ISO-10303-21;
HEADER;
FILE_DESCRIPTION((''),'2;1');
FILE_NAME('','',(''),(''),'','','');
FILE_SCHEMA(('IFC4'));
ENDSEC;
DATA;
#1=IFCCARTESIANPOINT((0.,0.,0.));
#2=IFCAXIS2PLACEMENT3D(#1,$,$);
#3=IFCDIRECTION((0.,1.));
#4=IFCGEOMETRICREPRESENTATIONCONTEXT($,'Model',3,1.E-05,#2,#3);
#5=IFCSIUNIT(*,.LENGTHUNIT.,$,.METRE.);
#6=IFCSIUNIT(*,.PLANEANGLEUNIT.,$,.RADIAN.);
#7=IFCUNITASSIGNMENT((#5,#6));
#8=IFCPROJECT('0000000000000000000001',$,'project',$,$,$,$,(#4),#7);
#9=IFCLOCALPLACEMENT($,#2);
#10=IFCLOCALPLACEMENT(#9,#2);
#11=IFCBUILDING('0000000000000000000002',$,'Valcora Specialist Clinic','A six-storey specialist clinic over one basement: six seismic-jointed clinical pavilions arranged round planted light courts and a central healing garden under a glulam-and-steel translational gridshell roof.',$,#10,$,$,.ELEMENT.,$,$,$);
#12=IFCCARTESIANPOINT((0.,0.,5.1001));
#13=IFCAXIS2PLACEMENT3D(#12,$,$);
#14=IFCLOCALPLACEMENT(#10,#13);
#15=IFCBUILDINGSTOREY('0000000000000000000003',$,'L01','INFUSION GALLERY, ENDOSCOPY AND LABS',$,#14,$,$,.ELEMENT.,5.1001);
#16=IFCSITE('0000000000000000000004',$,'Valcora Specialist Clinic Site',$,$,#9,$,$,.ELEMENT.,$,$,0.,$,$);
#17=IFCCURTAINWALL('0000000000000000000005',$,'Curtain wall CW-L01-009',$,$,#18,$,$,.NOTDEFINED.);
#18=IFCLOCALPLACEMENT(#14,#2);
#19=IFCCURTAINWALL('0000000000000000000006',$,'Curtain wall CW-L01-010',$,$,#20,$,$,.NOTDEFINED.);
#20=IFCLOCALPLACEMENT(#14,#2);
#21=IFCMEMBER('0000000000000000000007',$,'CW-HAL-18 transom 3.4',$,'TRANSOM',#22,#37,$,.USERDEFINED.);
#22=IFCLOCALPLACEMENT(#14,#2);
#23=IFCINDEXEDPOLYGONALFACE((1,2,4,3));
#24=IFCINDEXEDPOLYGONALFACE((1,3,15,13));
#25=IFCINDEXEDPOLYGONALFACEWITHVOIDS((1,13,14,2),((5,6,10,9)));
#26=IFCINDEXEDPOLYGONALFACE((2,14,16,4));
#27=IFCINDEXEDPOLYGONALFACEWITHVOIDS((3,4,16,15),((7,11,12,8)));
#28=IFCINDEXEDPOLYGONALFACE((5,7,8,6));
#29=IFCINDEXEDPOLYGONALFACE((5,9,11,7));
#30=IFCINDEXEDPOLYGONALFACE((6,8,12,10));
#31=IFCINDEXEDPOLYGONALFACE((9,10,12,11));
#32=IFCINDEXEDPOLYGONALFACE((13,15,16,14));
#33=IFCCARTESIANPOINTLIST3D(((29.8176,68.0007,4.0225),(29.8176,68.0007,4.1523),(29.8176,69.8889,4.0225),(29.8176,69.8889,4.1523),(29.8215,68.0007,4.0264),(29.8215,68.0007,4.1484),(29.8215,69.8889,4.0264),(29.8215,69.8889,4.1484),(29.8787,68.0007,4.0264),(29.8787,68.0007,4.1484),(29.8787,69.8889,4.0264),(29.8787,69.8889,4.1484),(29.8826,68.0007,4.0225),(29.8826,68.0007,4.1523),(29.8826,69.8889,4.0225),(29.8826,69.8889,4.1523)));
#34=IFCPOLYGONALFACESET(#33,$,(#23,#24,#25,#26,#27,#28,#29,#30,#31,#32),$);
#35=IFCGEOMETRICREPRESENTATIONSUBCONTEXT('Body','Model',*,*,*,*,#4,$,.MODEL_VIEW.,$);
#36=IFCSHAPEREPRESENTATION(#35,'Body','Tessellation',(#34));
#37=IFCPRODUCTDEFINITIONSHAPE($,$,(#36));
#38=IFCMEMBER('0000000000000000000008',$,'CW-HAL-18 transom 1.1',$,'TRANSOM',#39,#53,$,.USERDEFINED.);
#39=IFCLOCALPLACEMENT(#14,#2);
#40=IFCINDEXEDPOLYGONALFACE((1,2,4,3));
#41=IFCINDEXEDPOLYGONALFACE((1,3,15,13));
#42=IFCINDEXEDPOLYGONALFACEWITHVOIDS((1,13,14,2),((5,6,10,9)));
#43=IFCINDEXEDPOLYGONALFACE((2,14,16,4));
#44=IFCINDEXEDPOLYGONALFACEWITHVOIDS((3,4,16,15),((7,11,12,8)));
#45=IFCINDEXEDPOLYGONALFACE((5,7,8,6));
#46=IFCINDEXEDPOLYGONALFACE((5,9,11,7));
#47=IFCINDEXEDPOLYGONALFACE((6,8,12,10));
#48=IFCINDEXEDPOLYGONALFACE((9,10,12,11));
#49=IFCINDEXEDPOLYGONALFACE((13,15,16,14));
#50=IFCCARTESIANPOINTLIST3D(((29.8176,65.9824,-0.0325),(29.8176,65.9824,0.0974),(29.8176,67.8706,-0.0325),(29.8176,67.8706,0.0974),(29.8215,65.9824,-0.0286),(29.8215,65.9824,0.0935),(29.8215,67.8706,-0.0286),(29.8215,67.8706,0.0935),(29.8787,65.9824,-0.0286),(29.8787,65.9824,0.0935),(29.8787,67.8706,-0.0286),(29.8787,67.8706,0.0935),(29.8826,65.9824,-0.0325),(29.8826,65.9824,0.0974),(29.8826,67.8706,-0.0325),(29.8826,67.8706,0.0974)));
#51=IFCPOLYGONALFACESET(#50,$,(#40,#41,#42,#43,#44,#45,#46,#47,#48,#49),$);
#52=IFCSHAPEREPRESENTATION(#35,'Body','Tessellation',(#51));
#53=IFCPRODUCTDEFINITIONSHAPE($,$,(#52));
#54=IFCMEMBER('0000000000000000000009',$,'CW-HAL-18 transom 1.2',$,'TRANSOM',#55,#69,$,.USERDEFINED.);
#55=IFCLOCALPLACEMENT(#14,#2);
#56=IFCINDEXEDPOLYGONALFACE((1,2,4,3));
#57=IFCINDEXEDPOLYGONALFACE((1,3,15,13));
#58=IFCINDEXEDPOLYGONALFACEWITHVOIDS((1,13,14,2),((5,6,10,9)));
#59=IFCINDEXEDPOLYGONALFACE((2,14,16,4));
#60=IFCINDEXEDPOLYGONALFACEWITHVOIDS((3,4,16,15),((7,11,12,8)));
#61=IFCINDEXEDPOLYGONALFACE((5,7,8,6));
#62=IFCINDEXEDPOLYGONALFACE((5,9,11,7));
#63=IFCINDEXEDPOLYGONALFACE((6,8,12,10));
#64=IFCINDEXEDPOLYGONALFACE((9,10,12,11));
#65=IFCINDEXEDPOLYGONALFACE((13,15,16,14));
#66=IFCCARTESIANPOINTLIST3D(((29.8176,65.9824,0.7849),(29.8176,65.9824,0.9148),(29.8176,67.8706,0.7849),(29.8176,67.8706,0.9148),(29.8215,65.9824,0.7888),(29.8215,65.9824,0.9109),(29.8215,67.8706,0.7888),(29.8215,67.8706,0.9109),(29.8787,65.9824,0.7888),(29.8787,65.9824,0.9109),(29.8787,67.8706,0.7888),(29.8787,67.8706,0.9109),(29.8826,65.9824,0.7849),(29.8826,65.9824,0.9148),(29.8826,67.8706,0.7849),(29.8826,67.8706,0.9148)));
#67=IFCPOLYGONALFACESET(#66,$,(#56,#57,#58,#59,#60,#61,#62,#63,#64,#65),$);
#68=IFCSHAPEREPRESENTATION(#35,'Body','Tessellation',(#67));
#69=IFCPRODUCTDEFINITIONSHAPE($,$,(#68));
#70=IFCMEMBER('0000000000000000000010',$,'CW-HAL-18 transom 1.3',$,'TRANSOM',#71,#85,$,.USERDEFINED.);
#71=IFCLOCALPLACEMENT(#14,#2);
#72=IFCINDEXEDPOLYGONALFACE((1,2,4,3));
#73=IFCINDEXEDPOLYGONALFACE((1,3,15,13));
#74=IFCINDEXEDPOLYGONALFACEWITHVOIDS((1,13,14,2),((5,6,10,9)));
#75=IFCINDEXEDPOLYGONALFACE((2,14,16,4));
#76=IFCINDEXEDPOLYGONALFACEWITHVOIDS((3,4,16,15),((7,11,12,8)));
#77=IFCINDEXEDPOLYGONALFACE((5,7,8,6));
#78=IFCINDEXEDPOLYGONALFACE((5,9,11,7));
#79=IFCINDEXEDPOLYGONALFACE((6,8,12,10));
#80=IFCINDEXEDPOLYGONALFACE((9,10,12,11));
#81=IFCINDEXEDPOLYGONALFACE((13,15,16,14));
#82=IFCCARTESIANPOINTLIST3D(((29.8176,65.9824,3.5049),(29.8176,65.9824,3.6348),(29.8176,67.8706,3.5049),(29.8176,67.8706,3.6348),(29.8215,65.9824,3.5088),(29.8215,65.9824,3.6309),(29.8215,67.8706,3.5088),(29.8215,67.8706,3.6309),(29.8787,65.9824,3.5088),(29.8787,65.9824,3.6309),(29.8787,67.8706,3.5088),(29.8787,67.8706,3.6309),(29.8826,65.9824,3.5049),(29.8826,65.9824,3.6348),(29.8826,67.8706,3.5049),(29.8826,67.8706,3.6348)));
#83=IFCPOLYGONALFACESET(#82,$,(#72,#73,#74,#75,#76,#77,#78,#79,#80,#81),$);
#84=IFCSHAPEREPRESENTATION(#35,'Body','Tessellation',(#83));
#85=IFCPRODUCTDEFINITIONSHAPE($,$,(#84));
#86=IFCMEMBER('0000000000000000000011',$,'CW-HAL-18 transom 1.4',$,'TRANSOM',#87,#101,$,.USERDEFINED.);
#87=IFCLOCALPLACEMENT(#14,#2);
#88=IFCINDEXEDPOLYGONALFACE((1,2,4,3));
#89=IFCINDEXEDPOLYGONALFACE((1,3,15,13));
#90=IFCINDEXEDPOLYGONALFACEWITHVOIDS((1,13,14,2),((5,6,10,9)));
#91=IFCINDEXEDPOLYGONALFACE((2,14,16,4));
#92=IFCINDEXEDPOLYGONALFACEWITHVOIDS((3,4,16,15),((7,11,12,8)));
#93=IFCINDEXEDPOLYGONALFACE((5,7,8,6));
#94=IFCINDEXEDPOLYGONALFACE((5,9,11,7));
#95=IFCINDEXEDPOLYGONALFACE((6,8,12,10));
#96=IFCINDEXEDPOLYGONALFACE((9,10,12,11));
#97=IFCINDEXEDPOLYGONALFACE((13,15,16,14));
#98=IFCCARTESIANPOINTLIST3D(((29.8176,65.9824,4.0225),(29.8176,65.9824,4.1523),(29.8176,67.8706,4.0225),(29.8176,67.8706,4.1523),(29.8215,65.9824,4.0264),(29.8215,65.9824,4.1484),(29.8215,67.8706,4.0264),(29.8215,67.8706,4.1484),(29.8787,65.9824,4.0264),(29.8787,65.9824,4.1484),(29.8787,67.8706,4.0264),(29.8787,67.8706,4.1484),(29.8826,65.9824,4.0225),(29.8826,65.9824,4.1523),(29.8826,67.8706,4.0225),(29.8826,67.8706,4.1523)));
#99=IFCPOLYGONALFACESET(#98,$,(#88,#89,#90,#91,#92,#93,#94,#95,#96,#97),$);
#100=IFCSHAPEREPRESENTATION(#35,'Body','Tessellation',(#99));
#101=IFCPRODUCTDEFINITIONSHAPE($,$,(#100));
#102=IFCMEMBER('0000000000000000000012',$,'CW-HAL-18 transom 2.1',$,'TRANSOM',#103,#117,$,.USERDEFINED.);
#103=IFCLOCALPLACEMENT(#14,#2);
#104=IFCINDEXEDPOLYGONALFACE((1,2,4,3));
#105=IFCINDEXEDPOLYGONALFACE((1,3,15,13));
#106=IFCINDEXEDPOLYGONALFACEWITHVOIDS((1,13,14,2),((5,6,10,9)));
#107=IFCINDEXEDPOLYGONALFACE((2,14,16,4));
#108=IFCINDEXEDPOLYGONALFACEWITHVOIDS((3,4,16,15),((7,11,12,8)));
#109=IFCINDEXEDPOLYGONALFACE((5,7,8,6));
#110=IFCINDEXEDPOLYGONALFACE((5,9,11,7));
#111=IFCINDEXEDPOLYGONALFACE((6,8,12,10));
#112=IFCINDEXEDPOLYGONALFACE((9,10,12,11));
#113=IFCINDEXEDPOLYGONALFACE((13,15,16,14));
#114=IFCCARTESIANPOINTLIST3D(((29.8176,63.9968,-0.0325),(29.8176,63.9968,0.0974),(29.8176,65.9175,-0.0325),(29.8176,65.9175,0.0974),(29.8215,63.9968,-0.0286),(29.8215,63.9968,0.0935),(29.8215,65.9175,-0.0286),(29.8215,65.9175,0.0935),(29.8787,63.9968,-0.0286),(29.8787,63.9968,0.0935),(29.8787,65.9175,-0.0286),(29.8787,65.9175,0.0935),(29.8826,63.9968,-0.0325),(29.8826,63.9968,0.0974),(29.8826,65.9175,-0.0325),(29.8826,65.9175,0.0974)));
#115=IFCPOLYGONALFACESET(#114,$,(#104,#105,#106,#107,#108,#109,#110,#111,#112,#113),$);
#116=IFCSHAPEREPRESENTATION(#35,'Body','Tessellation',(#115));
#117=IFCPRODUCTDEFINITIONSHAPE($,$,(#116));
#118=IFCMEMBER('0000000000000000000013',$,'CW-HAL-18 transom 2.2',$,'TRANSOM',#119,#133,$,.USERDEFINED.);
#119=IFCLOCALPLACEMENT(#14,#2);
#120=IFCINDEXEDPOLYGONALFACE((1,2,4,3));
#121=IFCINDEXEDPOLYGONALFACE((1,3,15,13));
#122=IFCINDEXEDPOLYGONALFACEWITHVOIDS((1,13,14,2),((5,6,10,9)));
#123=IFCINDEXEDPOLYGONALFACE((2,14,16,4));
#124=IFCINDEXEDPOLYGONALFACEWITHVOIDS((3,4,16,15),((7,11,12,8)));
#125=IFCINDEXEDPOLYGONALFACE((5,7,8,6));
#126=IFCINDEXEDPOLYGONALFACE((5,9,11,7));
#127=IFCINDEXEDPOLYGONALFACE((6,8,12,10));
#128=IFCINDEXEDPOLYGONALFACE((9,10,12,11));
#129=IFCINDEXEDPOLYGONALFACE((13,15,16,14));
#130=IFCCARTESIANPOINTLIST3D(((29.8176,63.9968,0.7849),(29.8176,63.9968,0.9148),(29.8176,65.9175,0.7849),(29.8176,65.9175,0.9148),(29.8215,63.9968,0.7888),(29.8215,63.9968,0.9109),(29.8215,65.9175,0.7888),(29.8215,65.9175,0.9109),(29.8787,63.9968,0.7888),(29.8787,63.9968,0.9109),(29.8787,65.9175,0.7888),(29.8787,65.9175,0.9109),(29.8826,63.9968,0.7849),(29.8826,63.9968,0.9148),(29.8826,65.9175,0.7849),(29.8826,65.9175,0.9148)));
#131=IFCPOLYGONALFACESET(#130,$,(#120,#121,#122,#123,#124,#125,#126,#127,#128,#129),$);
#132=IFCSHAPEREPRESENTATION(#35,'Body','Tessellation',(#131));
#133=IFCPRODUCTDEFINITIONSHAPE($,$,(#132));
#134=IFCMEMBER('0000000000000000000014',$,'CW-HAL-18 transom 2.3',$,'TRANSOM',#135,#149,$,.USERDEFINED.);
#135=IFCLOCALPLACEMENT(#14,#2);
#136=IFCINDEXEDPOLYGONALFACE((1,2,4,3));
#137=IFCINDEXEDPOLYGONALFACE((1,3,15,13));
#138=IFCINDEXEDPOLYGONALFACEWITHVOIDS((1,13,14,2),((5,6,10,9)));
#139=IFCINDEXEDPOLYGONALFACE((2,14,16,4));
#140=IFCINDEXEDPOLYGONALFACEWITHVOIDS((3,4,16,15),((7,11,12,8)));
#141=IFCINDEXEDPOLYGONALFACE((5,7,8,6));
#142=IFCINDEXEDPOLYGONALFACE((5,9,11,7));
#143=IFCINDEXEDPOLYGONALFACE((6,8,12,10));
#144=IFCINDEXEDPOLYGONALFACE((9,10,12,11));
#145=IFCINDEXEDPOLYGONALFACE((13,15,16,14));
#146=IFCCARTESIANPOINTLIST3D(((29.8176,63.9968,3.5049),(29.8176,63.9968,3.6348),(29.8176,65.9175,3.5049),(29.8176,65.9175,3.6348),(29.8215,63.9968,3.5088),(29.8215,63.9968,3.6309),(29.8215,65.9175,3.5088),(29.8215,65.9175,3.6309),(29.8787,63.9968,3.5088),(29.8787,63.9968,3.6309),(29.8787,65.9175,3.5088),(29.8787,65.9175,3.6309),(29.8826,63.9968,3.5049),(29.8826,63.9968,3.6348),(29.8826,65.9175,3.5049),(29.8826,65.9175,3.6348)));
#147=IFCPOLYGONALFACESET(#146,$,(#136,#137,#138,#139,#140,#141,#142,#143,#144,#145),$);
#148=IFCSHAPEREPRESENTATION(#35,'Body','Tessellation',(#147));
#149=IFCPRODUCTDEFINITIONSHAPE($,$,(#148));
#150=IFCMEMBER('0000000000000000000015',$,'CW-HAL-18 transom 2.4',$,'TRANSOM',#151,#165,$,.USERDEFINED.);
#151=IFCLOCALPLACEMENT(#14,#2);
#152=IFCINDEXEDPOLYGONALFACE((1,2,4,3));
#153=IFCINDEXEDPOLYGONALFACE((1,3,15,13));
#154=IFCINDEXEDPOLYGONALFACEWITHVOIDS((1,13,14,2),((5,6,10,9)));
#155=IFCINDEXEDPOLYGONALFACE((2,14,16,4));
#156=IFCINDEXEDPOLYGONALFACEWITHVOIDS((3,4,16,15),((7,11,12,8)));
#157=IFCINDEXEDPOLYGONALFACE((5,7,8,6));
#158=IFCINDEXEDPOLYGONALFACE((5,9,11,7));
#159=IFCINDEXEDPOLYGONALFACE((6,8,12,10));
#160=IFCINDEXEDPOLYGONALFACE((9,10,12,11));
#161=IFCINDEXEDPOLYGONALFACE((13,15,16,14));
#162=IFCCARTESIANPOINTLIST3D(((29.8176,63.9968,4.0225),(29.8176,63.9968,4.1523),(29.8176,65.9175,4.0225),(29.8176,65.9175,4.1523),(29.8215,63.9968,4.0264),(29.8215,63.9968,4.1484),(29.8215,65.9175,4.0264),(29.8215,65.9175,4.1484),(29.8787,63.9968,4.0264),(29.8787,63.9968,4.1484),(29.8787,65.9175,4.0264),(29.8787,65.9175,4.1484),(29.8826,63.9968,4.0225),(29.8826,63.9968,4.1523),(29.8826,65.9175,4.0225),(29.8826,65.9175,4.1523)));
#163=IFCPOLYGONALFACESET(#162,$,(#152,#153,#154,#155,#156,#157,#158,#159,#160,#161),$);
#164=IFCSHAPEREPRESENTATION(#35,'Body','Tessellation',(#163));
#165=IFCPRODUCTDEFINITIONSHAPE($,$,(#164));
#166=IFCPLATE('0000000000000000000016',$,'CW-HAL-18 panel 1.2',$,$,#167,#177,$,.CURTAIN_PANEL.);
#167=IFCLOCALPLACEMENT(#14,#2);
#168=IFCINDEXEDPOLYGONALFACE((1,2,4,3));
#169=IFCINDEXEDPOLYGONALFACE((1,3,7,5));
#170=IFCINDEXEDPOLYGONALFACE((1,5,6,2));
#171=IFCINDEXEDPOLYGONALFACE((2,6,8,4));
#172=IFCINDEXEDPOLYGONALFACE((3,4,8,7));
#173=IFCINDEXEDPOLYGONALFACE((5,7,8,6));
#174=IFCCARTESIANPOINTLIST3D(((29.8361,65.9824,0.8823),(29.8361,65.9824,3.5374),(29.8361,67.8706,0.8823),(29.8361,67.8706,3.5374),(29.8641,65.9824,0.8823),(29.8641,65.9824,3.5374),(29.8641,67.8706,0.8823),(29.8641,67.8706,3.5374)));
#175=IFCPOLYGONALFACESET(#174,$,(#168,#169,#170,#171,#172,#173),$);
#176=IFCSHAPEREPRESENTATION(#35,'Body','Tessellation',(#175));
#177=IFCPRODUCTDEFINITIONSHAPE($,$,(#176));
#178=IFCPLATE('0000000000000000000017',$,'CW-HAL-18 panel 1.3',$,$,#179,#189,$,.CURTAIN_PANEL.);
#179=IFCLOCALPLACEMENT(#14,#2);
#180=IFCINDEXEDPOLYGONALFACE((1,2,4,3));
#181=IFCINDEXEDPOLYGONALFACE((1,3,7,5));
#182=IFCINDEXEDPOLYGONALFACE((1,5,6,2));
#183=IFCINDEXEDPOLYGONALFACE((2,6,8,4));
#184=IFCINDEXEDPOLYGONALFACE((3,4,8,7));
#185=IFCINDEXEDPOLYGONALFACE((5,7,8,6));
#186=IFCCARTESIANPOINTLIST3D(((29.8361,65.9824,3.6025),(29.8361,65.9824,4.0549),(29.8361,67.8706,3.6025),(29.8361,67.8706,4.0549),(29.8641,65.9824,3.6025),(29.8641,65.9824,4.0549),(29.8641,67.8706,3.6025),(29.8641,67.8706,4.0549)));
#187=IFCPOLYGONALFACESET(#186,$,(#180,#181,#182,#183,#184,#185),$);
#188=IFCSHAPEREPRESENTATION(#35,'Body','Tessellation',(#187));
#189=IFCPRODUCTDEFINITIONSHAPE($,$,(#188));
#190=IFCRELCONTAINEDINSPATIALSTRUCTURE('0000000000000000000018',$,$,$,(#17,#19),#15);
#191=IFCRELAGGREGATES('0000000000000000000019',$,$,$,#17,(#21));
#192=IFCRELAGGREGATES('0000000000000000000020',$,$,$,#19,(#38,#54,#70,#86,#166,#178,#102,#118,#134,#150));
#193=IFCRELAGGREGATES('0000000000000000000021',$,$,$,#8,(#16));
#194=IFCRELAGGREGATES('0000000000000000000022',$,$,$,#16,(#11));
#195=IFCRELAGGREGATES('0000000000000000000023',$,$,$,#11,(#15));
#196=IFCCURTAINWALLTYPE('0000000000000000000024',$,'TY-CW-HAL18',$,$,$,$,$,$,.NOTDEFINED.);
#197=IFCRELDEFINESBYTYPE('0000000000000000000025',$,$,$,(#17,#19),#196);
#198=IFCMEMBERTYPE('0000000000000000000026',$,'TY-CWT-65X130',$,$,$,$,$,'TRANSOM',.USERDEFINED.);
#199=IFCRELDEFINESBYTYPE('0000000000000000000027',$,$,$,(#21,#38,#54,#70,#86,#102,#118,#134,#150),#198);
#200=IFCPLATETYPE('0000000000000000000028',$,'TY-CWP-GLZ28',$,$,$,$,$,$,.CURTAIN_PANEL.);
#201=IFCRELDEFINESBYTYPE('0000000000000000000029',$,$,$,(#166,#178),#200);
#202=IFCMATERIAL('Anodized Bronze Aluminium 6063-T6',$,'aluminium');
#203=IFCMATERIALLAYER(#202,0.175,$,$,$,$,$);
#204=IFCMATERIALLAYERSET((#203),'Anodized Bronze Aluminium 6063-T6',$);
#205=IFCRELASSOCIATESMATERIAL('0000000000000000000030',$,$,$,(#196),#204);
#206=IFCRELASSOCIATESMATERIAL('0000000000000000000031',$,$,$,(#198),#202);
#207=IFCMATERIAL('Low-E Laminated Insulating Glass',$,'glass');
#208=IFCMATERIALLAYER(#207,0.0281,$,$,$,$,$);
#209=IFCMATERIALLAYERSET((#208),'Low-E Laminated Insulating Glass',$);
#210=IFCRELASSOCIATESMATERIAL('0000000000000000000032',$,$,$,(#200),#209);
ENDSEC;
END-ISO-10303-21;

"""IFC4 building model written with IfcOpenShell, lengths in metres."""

from ifc_helpers import new_model, si_unit, direction, frame, origin, origin_2d, place, context, subcontext, project, spatial, rectangle, hollow_rectangle, extrude, material, layer, layer_set, material_profile, profile_set, type_object, element, aggregate, save


model = new_model("IFC4")

# Units and contexts
model_context = context("Model", 3, precision=1e-05, world=origin(), true_north=direction((0.0, 1.0)))
body_context = subcontext(model_context, "Body", "Model", "MODEL_VIEW")
ifc_project = project(units=[si_unit("LENGTHUNIT", "METRE"), si_unit("PLANEANGLEUNIT", "RADIAN")], contexts=[model_context])

# Site, building, storey
site_placement = place(None, origin())
site = spatial("IfcSite", under=ifc_project, at=site_placement, Name="Valcora Specialist Clinic Site", CompositionType="ELEMENT", RefElevation=0.0)
building_placement = place(site_placement, origin())
building = spatial("IfcBuilding", under=site, at=building_placement, Name="Valcora Specialist Clinic", Description="A six-storey specialist clinic over one basement: six seismic-jointed clinical pavilions arranged round planted light courts and a central healing garden under a glulam-and-steel translational gridshell roof.", CompositionType="ELEMENT")
storey_placement = place(building_placement, frame((0.0, 0.0, 5.1001)))
storey = spatial("IfcBuildingStorey", under=building, at=storey_placement, Name="L01", Description="INFUSION GALLERY, ENDOSCOPY AND LABS", CompositionType="ELEMENT", Elevation=5.1001)

# Curtain walls
ifc_material_1 = material(Name="Anodized Bronze Aluminium 6063-T6", Category="aluminium")
ifc_layer_1 = layer(ifc_material_1, 0.175)
ifc_layer_set_1 = layer_set([ifc_layer_1], Name="Anodized Bronze Aluminium 6063-T6")
curtain_wall_type = type_object("IfcCurtainWallType", Name="TY-CW-HAL18", PredefinedType="NOTDEFINED", material=ifc_layer_set_1)
curtain_wall_1_placement = place(storey_placement, origin())
curtain_wall_1 = element("IfcCurtainWall", 1, at=curtain_wall_1_placement, inside=storey, type_object=curtain_wall_type, Name="Curtain wall CW-L01-009", PredefinedType="NOTDEFINED")
curtain_wall_2_placement = place(storey_placement, origin())
curtain_wall_2 = element("IfcCurtainWall", 2, at=curtain_wall_2_placement, inside=storey, type_object=curtain_wall_type, Name="Curtain wall CW-L01-010", PredefinedType="NOTDEFINED")

# Members
ifc_material_profile_1 = material_profile(ifc_material_1, hollow_rectangle(XDim=0.0649, YDim=0.1299, WallThickness=0.0039, at=origin_2d()), Name="AL-TRN-65X130")
ifc_profile_set_1 = profile_set([ifc_material_profile_1], Name="Anodized Bronze Aluminium 6063-T6")
member_type_1 = type_object("IfcMemberType", Name="TY-CWT-65X130", ElementType="TRANSOM", PredefinedType="USERDEFINED", material=ifc_profile_set_1)
member_1_placement = place(storey_placement, frame((29.8501, 69.8889, 4.0874), z_axis=(0.0, -1.0, 0.0), x_axis=(1.0, 0.0, 0.0)))
member_1 = element("IfcMember", 3, at=member_1_placement, type_object=member_type_1, Name="CW-HAL-18 transom 3.4", ObjectType="TRANSOM", PredefinedType="USERDEFINED", context=body_context, shape_type="SweptSolid", body=[
    extrude(hollow_rectangle(XDim=0.0649, YDim=0.1299, WallThickness=0.0039, at=origin_2d()), origin(), (0.0, 0.0, 1.0), 1.8882),
])
member_2_placement = place(storey_placement, frame((29.8501, 67.8706, 0.0325), z_axis=(0.0, -1.0, 0.0), x_axis=(1.0, 0.0, 0.0)))
member_2 = element("IfcMember", 4, at=member_2_placement, type_object=member_type_1, Name="CW-HAL-18 transom 1.1", ObjectType="TRANSOM", PredefinedType="USERDEFINED", context=body_context, shape_type="SweptSolid", body=[
    extrude(hollow_rectangle(XDim=0.0649, YDim=0.1299, WallThickness=0.0039, at=origin_2d()), origin(), (0.0, 0.0, 1.0), 1.8882),
])
member_3_placement = place(storey_placement, frame((29.8501, 67.8706, 0.8499), z_axis=(0.0, -1.0, 0.0), x_axis=(1.0, 0.0, 0.0)))
member_3 = element("IfcMember", 5, at=member_3_placement, type_object=member_type_1, Name="CW-HAL-18 transom 1.2", ObjectType="TRANSOM", PredefinedType="USERDEFINED", context=body_context, shape_type="SweptSolid", body=[
    extrude(hollow_rectangle(XDim=0.0649, YDim=0.1299, WallThickness=0.0039, at=origin_2d()), origin(), (0.0, 0.0, 1.0), 1.8882),
])
member_4_placement = place(storey_placement, frame((29.8501, 67.8706, 3.5698), z_axis=(0.0, -1.0, 0.0), x_axis=(1.0, 0.0, 0.0)))
member_4 = element("IfcMember", 6, at=member_4_placement, type_object=member_type_1, Name="CW-HAL-18 transom 1.3", ObjectType="TRANSOM", PredefinedType="USERDEFINED", context=body_context, shape_type="SweptSolid", body=[
    extrude(hollow_rectangle(XDim=0.0649, YDim=0.1299, WallThickness=0.0039, at=origin_2d()), origin(), (0.0, 0.0, 1.0), 1.8882),
])
member_5_placement = place(storey_placement, frame((29.8501, 67.8706, 4.0874), z_axis=(0.0, -1.0, 0.0), x_axis=(1.0, 0.0, 0.0)))
member_5 = element("IfcMember", 7, at=member_5_placement, type_object=member_type_1, Name="CW-HAL-18 transom 1.4", ObjectType="TRANSOM", PredefinedType="USERDEFINED", context=body_context, shape_type="SweptSolid", body=[
    extrude(hollow_rectangle(XDim=0.0649, YDim=0.1299, WallThickness=0.0039, at=origin_2d()), origin(), (0.0, 0.0, 1.0), 1.8882),
])
member_6_placement = place(storey_placement, frame((29.8501, 65.9175, 0.0325), z_axis=(0.0, -1.0, 0.0), x_axis=(1.0, 0.0, 0.0)))
member_6 = element("IfcMember", 8, at=member_6_placement, type_object=member_type_1, Name="CW-HAL-18 transom 2.1", ObjectType="TRANSOM", PredefinedType="USERDEFINED", context=body_context, shape_type="SweptSolid", body=[
    extrude(hollow_rectangle(XDim=0.0649, YDim=0.1299, WallThickness=0.0039, at=origin_2d()), origin(), (0.0, 0.0, 1.0), 1.9207),
])
member_7_placement = place(storey_placement, frame((29.8501, 65.9175, 0.8499), z_axis=(0.0, -1.0, 0.0), x_axis=(1.0, 0.0, 0.0)))
member_7 = element("IfcMember", 9, at=member_7_placement, type_object=member_type_1, Name="CW-HAL-18 transom 2.2", ObjectType="TRANSOM", PredefinedType="USERDEFINED", context=body_context, shape_type="SweptSolid", body=[
    extrude(hollow_rectangle(XDim=0.0649, YDim=0.1299, WallThickness=0.0039, at=origin_2d()), origin(), (0.0, 0.0, 1.0), 1.9207),
])
member_8_placement = place(storey_placement, frame((29.8501, 65.9175, 3.5698), z_axis=(0.0, -1.0, 0.0), x_axis=(1.0, 0.0, 0.0)))
member_8 = element("IfcMember", 10, at=member_8_placement, type_object=member_type_1, Name="CW-HAL-18 transom 2.3", ObjectType="TRANSOM", PredefinedType="USERDEFINED", context=body_context, shape_type="SweptSolid", body=[
    extrude(hollow_rectangle(XDim=0.0649, YDim=0.1299, WallThickness=0.0039, at=origin_2d()), origin(), (0.0, 0.0, 1.0), 1.9207),
])
member_9_placement = place(storey_placement, frame((29.8501, 65.9175, 4.0874), z_axis=(0.0, -1.0, 0.0), x_axis=(1.0, 0.0, 0.0)))
member_9 = element("IfcMember", 11, at=member_9_placement, type_object=member_type_1, Name="CW-HAL-18 transom 2.4", ObjectType="TRANSOM", PredefinedType="USERDEFINED", context=body_context, shape_type="SweptSolid", body=[
    extrude(hollow_rectangle(XDim=0.0649, YDim=0.1299, WallThickness=0.0039, at=origin_2d()), origin(), (0.0, 0.0, 1.0), 1.9207),
])

# Plates
ifc_material_2 = material(Name="Low-E Laminated Insulating Glass", Category="glass")
ifc_layer_2 = layer(ifc_material_2, 0.0281)
ifc_layer_set_2 = layer_set([ifc_layer_2], Name="Low-E Laminated Insulating Glass")
plate_type_1 = type_object("IfcPlateType", Name="TY-CWP-GLZ28", PredefinedType="CURTAIN_PANEL", material=ifc_layer_set_2)
plate_1_placement = place(storey_placement, frame((29.8501, 66.9265, 0.8823), z_axis=(0.0, 0.0, 1.0), x_axis=(0.0, -1.0, 0.0)))
plate_1 = element("IfcPlate", 12, at=plate_1_placement, type_object=plate_type_1, Name="CW-HAL-18 panel 1.2", PredefinedType="CURTAIN_PANEL", context=body_context, shape_type="SweptSolid", body=[
    extrude(rectangle(XDim=1.8882, YDim=0.0281, at=origin_2d()), origin(), (0.0, 0.0, 1.0), 2.655),
])
plate_2_placement = place(storey_placement, frame((29.8501, 66.9265, 3.6025), z_axis=(0.0, 0.0, 1.0), x_axis=(0.0, -1.0, 0.0)))
plate_2 = element("IfcPlate", 13, at=plate_2_placement, type_object=plate_type_1, Name="CW-HAL-18 panel 1.3", PredefinedType="CURTAIN_PANEL", context=body_context, shape_type="SweptSolid", body=[
    extrude(rectangle(XDim=1.8882, YDim=0.0281, at=origin_2d()), origin(), (0.0, 0.0, 1.0), 0.4524),
])
aggregate(curtain_wall_1, [member_1])
aggregate(curtain_wall_2, [member_2, member_3, member_4, member_5, plate_1, plate_2, member_6, member_7, member_8, member_9])

save(model, "model.ifc")
